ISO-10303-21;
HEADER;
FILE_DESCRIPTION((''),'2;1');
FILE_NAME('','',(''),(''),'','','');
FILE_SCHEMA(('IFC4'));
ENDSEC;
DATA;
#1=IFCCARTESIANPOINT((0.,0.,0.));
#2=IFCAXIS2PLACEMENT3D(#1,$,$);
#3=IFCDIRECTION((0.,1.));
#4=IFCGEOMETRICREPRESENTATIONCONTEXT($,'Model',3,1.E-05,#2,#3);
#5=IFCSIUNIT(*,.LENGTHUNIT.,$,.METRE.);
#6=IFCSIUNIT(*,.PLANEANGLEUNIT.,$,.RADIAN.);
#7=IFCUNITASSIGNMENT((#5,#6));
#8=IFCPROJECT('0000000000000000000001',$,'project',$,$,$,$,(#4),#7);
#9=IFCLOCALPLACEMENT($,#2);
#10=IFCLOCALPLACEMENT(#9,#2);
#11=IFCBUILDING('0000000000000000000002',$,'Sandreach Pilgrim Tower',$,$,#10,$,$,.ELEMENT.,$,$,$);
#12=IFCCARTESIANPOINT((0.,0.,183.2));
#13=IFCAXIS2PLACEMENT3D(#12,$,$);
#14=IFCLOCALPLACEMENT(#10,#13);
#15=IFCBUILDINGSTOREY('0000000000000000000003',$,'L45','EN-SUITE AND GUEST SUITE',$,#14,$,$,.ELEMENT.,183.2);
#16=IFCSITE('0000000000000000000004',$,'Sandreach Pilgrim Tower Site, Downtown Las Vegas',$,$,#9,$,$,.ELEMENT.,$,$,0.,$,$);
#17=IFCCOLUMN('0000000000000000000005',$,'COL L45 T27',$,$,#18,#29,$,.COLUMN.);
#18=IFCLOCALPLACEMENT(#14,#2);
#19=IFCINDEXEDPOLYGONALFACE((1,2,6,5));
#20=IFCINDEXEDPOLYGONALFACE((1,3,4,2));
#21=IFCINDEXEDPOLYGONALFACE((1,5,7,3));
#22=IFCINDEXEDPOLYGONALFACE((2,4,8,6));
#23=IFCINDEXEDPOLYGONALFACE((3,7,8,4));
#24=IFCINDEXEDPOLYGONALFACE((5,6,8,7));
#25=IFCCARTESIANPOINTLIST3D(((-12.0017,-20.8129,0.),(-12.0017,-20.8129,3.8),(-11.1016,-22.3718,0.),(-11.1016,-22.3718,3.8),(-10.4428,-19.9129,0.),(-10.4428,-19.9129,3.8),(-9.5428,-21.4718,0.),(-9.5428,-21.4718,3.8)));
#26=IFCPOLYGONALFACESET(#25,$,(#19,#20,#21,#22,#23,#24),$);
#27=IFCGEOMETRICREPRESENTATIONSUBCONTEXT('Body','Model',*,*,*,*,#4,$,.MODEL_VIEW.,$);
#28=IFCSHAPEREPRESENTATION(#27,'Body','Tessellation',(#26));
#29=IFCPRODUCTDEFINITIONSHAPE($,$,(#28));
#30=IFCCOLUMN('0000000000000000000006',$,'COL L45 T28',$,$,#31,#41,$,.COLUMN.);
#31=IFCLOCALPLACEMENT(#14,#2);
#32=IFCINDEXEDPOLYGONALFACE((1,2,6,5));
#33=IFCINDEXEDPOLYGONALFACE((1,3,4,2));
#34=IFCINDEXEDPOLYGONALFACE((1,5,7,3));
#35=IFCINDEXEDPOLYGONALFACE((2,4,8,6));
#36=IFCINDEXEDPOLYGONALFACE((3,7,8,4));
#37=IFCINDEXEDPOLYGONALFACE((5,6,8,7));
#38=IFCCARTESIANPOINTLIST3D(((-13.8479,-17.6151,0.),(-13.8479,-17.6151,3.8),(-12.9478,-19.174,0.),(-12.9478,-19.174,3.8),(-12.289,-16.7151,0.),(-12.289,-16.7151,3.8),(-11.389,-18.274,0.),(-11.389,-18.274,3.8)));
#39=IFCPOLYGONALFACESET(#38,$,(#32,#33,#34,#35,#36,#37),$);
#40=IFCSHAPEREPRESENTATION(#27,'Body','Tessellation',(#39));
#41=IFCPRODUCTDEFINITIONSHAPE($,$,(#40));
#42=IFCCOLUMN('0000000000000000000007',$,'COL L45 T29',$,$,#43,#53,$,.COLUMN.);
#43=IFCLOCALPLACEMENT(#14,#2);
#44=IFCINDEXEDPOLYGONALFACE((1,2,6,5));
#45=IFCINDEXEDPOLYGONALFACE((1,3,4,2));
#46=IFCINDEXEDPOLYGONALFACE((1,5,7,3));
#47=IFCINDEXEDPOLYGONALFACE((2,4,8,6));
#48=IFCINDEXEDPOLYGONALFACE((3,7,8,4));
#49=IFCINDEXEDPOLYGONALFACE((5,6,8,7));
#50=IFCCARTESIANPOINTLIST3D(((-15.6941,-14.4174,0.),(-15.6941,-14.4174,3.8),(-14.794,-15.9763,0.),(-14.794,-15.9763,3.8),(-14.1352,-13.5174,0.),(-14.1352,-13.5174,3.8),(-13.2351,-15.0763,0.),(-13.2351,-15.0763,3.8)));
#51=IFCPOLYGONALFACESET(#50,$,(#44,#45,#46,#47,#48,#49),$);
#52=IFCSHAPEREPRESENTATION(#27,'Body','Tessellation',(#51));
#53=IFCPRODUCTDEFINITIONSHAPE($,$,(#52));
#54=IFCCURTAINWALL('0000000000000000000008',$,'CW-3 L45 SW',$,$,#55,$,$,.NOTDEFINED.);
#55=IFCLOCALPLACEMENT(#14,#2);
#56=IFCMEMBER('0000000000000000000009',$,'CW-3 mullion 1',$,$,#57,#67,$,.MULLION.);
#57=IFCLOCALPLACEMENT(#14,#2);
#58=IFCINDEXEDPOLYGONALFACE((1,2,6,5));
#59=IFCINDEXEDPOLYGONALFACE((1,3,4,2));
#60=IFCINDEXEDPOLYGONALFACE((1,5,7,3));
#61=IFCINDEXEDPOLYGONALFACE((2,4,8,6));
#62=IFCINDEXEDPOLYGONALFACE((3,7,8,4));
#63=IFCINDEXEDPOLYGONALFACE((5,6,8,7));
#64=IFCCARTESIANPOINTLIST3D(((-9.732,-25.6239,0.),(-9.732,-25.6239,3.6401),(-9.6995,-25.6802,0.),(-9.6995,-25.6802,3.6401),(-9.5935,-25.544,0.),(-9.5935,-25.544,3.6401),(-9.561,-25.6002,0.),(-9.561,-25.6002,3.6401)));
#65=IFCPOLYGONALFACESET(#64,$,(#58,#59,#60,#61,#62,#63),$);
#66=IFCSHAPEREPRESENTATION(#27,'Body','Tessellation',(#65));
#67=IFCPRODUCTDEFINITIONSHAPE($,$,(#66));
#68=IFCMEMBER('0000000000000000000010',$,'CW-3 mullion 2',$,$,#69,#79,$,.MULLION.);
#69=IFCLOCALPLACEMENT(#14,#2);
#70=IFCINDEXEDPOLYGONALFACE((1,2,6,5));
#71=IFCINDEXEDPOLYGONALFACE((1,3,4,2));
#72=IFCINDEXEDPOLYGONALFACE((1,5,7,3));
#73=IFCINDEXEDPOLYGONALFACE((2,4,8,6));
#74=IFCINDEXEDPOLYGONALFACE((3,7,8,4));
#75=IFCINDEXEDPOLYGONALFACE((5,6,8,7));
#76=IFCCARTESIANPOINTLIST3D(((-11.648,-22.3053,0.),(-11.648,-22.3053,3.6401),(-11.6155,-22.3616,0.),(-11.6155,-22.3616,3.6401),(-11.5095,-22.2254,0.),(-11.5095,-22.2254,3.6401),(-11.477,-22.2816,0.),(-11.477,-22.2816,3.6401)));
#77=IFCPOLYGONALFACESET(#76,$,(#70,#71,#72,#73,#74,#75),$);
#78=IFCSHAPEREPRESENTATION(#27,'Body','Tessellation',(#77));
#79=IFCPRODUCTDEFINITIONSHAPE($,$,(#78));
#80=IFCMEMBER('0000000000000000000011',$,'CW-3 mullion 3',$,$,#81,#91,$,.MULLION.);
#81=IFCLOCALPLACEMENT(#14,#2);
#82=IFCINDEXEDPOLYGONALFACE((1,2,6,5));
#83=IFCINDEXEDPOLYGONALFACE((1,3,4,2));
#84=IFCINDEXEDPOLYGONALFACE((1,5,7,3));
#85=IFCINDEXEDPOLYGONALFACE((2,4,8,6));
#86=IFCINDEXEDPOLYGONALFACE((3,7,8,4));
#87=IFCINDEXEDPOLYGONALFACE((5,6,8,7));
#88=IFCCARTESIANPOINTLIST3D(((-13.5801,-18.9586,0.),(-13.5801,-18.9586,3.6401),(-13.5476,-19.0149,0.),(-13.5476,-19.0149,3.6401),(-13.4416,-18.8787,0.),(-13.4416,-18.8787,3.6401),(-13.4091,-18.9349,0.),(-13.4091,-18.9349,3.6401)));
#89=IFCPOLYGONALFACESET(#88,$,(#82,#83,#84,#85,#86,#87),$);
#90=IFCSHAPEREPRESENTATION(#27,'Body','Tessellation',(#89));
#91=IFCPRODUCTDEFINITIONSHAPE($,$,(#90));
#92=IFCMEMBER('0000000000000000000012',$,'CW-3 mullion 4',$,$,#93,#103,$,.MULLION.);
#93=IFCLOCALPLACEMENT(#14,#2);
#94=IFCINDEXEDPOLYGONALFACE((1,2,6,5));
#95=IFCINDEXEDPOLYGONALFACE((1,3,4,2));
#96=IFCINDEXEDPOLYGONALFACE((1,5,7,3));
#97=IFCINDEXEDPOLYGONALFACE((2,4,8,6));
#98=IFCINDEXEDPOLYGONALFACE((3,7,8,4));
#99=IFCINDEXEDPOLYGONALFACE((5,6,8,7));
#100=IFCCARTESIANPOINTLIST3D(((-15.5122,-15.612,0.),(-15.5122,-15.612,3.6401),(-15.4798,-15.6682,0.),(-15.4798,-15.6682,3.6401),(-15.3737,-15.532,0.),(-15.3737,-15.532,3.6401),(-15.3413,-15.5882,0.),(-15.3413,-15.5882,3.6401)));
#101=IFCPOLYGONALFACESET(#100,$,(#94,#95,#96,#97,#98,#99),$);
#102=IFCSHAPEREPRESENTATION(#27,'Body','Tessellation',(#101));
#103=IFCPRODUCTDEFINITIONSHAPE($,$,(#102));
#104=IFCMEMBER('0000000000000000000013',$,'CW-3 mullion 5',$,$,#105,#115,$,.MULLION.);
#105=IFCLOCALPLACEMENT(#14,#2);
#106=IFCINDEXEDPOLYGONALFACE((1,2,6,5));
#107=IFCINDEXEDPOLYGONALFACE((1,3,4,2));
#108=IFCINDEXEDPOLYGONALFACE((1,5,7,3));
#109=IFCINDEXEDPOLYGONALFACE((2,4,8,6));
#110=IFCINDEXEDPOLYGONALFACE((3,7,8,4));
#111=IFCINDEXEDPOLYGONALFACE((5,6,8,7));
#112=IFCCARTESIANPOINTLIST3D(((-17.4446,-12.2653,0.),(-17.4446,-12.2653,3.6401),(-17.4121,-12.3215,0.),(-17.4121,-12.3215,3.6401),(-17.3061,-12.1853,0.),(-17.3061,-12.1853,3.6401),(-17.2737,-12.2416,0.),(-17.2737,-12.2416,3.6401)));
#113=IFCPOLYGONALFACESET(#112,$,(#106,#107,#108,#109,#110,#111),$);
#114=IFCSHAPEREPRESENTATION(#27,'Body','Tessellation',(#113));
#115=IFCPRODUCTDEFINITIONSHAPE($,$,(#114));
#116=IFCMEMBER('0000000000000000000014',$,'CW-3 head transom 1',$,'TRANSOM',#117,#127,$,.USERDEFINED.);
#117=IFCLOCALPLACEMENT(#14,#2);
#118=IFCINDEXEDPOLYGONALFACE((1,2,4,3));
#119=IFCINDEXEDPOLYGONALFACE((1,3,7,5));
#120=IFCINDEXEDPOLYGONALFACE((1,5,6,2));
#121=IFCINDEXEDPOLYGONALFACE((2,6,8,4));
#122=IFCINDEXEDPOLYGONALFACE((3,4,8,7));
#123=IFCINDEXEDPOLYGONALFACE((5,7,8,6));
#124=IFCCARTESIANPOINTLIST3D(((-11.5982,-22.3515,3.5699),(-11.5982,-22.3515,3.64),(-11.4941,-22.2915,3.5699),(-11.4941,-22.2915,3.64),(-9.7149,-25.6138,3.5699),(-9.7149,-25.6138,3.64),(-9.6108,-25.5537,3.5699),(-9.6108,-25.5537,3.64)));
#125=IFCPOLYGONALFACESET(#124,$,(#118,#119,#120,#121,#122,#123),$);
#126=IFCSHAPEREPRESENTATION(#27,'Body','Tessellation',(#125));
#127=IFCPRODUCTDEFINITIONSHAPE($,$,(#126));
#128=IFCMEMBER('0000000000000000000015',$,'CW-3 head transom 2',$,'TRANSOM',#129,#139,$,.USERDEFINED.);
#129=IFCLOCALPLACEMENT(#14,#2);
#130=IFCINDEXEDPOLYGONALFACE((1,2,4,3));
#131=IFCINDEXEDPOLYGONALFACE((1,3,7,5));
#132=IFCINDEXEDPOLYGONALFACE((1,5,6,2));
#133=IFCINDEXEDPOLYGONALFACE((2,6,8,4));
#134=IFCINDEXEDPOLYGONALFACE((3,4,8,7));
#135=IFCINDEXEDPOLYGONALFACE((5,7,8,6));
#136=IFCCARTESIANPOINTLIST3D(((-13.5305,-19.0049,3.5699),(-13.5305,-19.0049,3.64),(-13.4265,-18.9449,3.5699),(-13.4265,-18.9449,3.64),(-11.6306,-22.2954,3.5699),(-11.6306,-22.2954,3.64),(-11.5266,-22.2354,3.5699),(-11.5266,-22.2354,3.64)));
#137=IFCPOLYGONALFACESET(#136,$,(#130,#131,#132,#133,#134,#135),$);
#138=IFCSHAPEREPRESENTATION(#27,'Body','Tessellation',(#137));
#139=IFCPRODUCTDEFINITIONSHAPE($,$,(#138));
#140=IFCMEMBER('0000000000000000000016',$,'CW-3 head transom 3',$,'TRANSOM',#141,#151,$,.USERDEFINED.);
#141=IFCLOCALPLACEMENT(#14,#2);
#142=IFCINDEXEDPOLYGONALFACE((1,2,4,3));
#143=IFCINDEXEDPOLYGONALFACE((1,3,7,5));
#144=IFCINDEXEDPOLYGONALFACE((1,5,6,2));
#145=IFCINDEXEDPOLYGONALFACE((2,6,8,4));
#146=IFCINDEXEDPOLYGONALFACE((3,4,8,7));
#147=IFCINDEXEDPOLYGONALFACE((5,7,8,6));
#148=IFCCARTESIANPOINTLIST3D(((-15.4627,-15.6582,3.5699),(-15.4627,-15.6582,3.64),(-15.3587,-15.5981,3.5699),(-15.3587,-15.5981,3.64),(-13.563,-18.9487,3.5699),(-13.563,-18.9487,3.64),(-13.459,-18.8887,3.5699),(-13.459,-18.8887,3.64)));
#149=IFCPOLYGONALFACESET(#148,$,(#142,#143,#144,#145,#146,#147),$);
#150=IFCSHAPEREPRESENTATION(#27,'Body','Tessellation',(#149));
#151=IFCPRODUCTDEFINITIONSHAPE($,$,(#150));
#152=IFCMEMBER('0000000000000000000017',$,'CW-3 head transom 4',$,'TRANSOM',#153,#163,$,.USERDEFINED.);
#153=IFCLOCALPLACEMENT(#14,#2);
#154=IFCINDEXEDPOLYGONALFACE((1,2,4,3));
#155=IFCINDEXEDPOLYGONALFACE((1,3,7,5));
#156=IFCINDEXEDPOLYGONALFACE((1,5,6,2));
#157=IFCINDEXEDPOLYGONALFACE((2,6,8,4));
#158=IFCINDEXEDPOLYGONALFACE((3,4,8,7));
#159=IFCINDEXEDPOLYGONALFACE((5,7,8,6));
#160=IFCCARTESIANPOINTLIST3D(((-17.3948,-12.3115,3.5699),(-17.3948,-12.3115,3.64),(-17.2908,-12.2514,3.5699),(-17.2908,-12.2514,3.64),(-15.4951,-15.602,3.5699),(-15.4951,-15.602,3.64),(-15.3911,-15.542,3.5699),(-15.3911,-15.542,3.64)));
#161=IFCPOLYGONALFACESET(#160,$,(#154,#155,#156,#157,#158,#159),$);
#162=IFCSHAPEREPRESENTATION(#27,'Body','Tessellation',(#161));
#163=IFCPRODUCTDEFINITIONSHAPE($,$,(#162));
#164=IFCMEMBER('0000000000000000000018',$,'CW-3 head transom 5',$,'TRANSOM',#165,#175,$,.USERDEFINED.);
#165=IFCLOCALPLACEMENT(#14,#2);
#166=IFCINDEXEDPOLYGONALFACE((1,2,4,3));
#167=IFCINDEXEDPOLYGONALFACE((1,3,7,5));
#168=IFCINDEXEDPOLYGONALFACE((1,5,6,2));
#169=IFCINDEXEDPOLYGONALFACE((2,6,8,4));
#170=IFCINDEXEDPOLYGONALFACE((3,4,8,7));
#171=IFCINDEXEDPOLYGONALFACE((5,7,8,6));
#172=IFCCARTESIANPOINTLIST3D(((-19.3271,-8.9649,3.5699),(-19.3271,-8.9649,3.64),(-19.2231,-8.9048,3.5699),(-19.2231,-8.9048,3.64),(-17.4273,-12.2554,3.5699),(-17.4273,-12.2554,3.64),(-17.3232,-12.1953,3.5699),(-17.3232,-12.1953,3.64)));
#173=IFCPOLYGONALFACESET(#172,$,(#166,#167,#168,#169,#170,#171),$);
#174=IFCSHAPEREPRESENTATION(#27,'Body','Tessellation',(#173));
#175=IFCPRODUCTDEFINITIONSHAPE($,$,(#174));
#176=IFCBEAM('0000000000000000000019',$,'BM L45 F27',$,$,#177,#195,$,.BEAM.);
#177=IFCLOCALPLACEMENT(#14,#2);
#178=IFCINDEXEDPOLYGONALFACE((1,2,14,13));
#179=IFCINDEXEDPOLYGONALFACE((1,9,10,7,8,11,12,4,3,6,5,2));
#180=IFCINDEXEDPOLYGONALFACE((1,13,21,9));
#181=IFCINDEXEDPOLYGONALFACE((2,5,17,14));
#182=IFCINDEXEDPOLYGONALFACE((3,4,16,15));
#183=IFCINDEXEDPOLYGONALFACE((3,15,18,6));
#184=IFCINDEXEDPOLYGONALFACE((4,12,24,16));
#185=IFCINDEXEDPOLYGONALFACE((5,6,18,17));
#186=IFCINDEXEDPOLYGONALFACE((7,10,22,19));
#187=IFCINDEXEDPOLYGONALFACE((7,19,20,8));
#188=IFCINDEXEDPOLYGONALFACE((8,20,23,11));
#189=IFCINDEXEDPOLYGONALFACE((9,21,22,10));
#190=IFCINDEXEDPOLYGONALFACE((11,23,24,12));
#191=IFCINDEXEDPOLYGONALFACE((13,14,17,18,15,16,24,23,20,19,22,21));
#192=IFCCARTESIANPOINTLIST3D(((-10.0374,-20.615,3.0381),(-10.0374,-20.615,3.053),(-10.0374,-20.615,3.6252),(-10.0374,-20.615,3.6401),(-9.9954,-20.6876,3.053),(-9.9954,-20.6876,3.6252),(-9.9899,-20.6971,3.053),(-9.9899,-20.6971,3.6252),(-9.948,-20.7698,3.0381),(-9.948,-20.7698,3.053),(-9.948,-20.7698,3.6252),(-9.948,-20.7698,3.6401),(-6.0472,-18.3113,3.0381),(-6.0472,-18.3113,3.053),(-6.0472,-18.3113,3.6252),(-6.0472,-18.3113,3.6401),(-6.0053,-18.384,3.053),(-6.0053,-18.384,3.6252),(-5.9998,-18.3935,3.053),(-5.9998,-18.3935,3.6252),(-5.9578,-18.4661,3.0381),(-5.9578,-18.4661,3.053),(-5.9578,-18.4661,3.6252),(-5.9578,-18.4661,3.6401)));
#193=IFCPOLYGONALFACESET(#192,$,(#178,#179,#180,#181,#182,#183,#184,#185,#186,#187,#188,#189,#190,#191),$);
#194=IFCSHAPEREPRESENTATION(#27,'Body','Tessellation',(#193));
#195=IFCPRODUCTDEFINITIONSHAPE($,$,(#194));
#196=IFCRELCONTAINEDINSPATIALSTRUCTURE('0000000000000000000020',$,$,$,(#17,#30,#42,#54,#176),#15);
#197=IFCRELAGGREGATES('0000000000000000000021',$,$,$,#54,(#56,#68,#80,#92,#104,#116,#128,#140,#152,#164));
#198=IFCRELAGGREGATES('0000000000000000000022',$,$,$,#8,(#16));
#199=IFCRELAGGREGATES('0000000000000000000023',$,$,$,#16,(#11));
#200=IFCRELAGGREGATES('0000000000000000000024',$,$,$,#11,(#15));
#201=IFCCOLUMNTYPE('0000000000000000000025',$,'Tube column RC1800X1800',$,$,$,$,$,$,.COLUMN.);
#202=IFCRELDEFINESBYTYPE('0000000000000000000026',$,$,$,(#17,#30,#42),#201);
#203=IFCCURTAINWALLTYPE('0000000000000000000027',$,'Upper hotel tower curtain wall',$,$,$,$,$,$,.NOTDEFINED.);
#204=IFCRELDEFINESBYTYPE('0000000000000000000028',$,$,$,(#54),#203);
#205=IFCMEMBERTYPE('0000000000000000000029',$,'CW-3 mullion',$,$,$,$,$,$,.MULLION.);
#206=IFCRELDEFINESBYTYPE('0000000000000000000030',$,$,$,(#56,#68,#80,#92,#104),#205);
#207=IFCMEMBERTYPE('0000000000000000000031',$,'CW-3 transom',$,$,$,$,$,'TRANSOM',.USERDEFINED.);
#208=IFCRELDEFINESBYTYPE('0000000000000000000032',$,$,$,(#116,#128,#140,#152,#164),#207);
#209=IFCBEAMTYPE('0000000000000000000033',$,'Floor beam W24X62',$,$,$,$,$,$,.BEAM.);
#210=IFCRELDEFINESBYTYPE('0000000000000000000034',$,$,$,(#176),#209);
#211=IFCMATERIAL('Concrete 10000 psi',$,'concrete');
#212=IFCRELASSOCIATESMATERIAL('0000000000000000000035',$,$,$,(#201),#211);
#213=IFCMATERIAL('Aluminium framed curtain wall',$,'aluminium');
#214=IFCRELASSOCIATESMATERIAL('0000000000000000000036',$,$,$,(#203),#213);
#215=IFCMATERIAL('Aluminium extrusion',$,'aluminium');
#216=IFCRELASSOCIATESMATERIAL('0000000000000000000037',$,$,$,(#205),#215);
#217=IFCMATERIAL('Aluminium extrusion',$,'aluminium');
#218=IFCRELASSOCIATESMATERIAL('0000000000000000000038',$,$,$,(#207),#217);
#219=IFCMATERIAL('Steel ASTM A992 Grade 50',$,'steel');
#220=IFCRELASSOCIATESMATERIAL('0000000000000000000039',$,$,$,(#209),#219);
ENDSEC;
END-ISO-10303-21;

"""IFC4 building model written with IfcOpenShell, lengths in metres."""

from ifc_helpers import new_model, si_unit, direction, frame, origin, origin_2d, place, context, subcontext, project, spatial, rectangle, i_section, extrude, material, material_profile, profile_set, type_object, element, aggregate, save


model = new_model("IFC4")

# Units and contexts
model_context = context("Model", 3, precision=1e-05, world=origin(), true_north=direction((0.0, 1.0)))
body_context = subcontext(model_context, "Body", "Model", "MODEL_VIEW")
ifc_project = project(units=[si_unit("LENGTHUNIT", "METRE"), si_unit("PLANEANGLEUNIT", "RADIAN")], contexts=[model_context])

# Site, building, storey
site_placement = place(None, origin())
site = spatial("IfcSite", under=ifc_project, at=site_placement, Name="Sandreach Pilgrim Tower Site, Downtown Las Vegas", CompositionType="ELEMENT", RefElevation=0.0)
building_placement = place(site_placement, origin())
building = spatial("IfcBuilding", under=site, at=building_placement, Name="Sandreach Pilgrim Tower", CompositionType="ELEMENT")
storey_placement = place(building_placement, frame((0.0, 0.0, 183.2)))
storey = spatial("IfcBuildingStorey", under=building, at=storey_placement, Name="L45", Description="EN-SUITE AND GUEST SUITE", CompositionType="ELEMENT", Elevation=183.2)

# Columns
ifc_material_1 = material(Name="Concrete 10000 psi", Category="concrete")
ifc_material_profile_1 = material_profile(ifc_material_1, rectangle(XDim=1.8, YDim=1.8, at=origin_2d()), Name="RC1800X1800")
ifc_profile_set_1 = profile_set([ifc_material_profile_1], Name="Concrete 10000 psi")
column_type = type_object("IfcColumnType", Name="Tube column RC1800X1800", PredefinedType="COLUMN", material=ifc_profile_set_1)
for number, where, z_axis, x_axis, name in (
    (1, (-10.7722, -21.1423, 0.0), (0.0, 0.0, 1.0), (-0.866025, -0.5, 0.0), "COL L45 T27"),
    (2, (-12.6184, -17.9446, 0.0), (0.0, 0.0, 1.0), (-0.866025, -0.5, 0.0), "COL L45 T28"),
    (3, (-14.4646, -14.7468, 0.0), (0.0, 0.0, 1.0), (-0.866025, -0.5, 0.0), "COL L45 T29"),
):
    element("IfcColumn", number, at=place(storey_placement, frame(where, z_axis=z_axis, x_axis=x_axis)), inside=storey, type_object=column_type, Name=name, PredefinedType="COLUMN", context=body_context, shape_type="SweptSolid", body=[
        extrude(rectangle(XDim=1.8, YDim=1.8, at=origin_2d()), origin(), (0.0, 0.0, 1.0), 3.8),
    ])

# Curtain wall, members
ifc_material_2 = material(Name="Aluminium framed curtain wall", Category="aluminium")
curtain_wall_type = type_object("IfcCurtainWallType", Name="Upper hotel tower curtain wall", PredefinedType="NOTDEFINED", material=ifc_material_2)
curtain_wall_placement = place(storey_placement, origin())
curtain_wall = element("IfcCurtainWall", 4, at=curtain_wall_placement, inside=storey, type_object=curtain_wall_type, Name="CW-3 L45 SW", PredefinedType="NOTDEFINED")
ifc_material_3 = material(Name="Aluminium extrusion", Category="aluminium")
ifc_material_profile_2 = material_profile(ifc_material_3, rectangle(XDim=0.0649, YDim=0.1599, at=origin_2d()), Name="CW-3M 65X160")
ifc_profile_set_2 = profile_set([ifc_material_profile_2], Name="Aluminium extrusion")
member_type_1 = type_object("IfcMemberType", Name="CW-3 mullion", PredefinedType="MULLION", material=ifc_profile_set_2)
member_1_placement = place(storey_placement, frame((-9.6465, -25.6121, 0.0), z_axis=(0.0, 0.0, 1.0), x_axis=(-0.5, 0.866025, 0.0)))
member_1 = element("IfcMember", 5, at=member_1_placement, type_object=member_type_1, Name="CW-3 mullion 1", PredefinedType="MULLION", context=body_context, shape_type="SweptSolid", body=[
    extrude(rectangle(XDim=0.0649, YDim=0.1599, at=origin_2d()), origin(), (0.0, 0.0, 1.0), 3.6401),
])
member_2_placement = place(storey_placement, frame((-11.5625, -22.2935, 0.0), z_axis=(0.0, 0.0, 1.0), x_axis=(-0.5, 0.866025, 0.0)))
member_2 = element("IfcMember", 6, at=member_2_placement, type_object=member_type_1, Name="CW-3 mullion 2", PredefinedType="MULLION", context=body_context, shape_type="SweptSolid", body=[
    extrude(rectangle(XDim=0.0649, YDim=0.1599, at=origin_2d()), origin(), (0.0, 0.0, 1.0), 3.6401),
])
member_3_placement = place(storey_placement, frame((-13.4946, -18.9468, 0.0), z_axis=(0.0, 0.0, 1.0), x_axis=(-0.5, 0.866025, 0.0)))
member_3 = element("IfcMember", 7, at=member_3_placement, type_object=member_type_1, Name="CW-3 mullion 3", PredefinedType="MULLION", context=body_context, shape_type="SweptSolid", body=[
    extrude(rectangle(XDim=0.0649, YDim=0.1599, at=origin_2d()), origin(), (0.0, 0.0, 1.0), 3.6401),
])
member_4_placement = place(storey_placement, frame((-15.4268, -15.6001, 0.0), z_axis=(0.0, 0.0, 1.0), x_axis=(-0.5, 0.866025, 0.0)))
member_4 = element("IfcMember", 8, at=member_4_placement, type_object=member_type_1, Name="CW-3 mullion 4", PredefinedType="MULLION", context=body_context, shape_type="SweptSolid", body=[
    extrude(rectangle(XDim=0.0649, YDim=0.1599, at=origin_2d()), origin(), (0.0, 0.0, 1.0), 3.6401),
])
member_5_placement = place(storey_placement, frame((-17.3591, -12.2534, 0.0), z_axis=(0.0, 0.0, 1.0), x_axis=(-0.5, 0.866025, 0.0)))
member_5 = element("IfcMember", 9, at=member_5_placement, type_object=member_type_1, Name="CW-3 mullion 5", PredefinedType="MULLION", context=body_context, shape_type="SweptSolid", body=[
    extrude(rectangle(XDim=0.0649, YDim=0.1599, at=origin_2d()), origin(), (0.0, 0.0, 1.0), 3.6401),
])
ifc_material_4 = material(Name="Aluminium extrusion", Category="aluminium")
ifc_material_profile_3 = material_profile(ifc_material_4, rectangle(XDim=0.1201, YDim=0.0701, at=origin_2d()), Name="CW-3T 120X70")
ifc_profile_set_3 = profile_set([ifc_material_profile_3], Name="Aluminium extrusion")
member_type_2 = type_object("IfcMemberType", Name="CW-3 transom", ElementType="TRANSOM", PredefinedType="USERDEFINED", material=ifc_profile_set_3)
member_6_placement = place(storey_placement, frame((-9.6628, -25.5837, 3.605), z_axis=(-0.499973, 0.866041, 0.0), x_axis=(-0.866041, -0.499973, 0.0)))
member_6 = element("IfcMember", 10, at=member_6_placement, type_object=member_type_2, Name="CW-3 head transom 1", ObjectType="TRANSOM", PredefinedType="USERDEFINED", context=body_context, shape_type="SweptSolid", body=[
    extrude(rectangle(XDim=0.1201, YDim=0.0701, at=origin_2d()), origin(), (0.0, 0.0, 1.0), 3.7668),
])
member_7_placement = place(storey_placement, frame((-11.5786, -22.2654, 3.605), z_axis=(-0.500023, 0.866012, 0.0), x_axis=(-0.866012, -0.500023, 0.0)))
member_7 = element("IfcMember", 11, at=member_7_placement, type_object=member_type_2, Name="CW-3 head transom 2", ObjectType="TRANSOM", PredefinedType="USERDEFINED", context=body_context, shape_type="SweptSolid", body=[
    extrude(rectangle(XDim=0.1201, YDim=0.0701, at=origin_2d()), origin(), (0.0, 0.0, 1.0), 3.7996),
])
member_8_placement = place(storey_placement, frame((-13.511, -18.9187, 3.605), z_axis=(-0.499975, 0.86604, 0.0), x_axis=(-0.86604, -0.499975, 0.0)))
member_8 = element("IfcMember", 12, at=member_8_placement, type_object=member_type_2, Name="CW-3 head transom 3", ObjectType="TRANSOM", PredefinedType="USERDEFINED", context=body_context, shape_type="SweptSolid", body=[
    extrude(rectangle(XDim=0.1201, YDim=0.0701, at=origin_2d()), origin(), (0.0, 0.0, 1.0), 3.7996),
])
member_9_placement = place(storey_placement, frame((-15.4431, -15.572, 3.605), z_axis=(-0.499975, 0.86604, 0.0), x_axis=(-0.86604, -0.499975, 0.0)))
member_9 = element("IfcMember", 13, at=member_9_placement, type_object=member_type_2, Name="CW-3 head transom 4", ObjectType="TRANSOM", PredefinedType="USERDEFINED", context=body_context, shape_type="SweptSolid", body=[
    extrude(rectangle(XDim=0.1201, YDim=0.0701, at=origin_2d()), origin(), (0.0, 0.0, 1.0), 3.7996),
])
member_10_placement = place(storey_placement, frame((-17.3752, -12.2253, 3.605), z_axis=(-0.500023, 0.866012, 0.0), x_axis=(-0.866012, -0.500023, 0.0)))
member_10 = element("IfcMember", 14, at=member_10_placement, type_object=member_type_2, Name="CW-3 head transom 5", ObjectType="TRANSOM", PredefinedType="USERDEFINED", context=body_context, shape_type="SweptSolid", body=[
    extrude(rectangle(XDim=0.1201, YDim=0.0701, at=origin_2d()), origin(), (0.0, 0.0, 1.0), 3.7996),
])

# Beam
ifc_material_5 = material(Name="Steel ASTM A992 Grade 50", Category="steel")
ifc_material_profile_4 = material_profile(ifc_material_5, i_section(OverallWidth=0.1787, OverallDepth=0.6021, WebThickness=0.011, FlangeThickness=0.0149, at=origin_2d()), Name="W24X62")
ifc_profile_set_4 = profile_set([ifc_material_profile_4], Name="Steel ASTM A992 Grade 50")
beam_type_1 = type_object("IfcBeamType", Name="Floor beam W24X62", PredefinedType="BEAM", material=ifc_profile_set_4)
beam_1_placement = place(storey_placement, frame((-9.9927, -20.6924, 3.3391), z_axis=(0.86603, 0.499992, 0.0), x_axis=(-0.499992, 0.86603, 0.0)))
element("IfcBeam", 15, at=beam_1_placement, inside=storey, type_object=beam_type_1, Name="BM L45 F27", PredefinedType="BEAM", context=body_context, shape_type="SweptSolid", body=[
    extrude(i_section(OverallWidth=0.1787, OverallDepth=0.6021, WebThickness=0.011, FlangeThickness=0.0149, at=origin_2d()), origin(), (0.0, 0.0, 1.0), 4.6074),
])

aggregate(curtain_wall, [member_1, member_2, member_3, member_4, member_5, member_6, member_7, member_8, member_9, member_10])

save(model, "model.ifc")
